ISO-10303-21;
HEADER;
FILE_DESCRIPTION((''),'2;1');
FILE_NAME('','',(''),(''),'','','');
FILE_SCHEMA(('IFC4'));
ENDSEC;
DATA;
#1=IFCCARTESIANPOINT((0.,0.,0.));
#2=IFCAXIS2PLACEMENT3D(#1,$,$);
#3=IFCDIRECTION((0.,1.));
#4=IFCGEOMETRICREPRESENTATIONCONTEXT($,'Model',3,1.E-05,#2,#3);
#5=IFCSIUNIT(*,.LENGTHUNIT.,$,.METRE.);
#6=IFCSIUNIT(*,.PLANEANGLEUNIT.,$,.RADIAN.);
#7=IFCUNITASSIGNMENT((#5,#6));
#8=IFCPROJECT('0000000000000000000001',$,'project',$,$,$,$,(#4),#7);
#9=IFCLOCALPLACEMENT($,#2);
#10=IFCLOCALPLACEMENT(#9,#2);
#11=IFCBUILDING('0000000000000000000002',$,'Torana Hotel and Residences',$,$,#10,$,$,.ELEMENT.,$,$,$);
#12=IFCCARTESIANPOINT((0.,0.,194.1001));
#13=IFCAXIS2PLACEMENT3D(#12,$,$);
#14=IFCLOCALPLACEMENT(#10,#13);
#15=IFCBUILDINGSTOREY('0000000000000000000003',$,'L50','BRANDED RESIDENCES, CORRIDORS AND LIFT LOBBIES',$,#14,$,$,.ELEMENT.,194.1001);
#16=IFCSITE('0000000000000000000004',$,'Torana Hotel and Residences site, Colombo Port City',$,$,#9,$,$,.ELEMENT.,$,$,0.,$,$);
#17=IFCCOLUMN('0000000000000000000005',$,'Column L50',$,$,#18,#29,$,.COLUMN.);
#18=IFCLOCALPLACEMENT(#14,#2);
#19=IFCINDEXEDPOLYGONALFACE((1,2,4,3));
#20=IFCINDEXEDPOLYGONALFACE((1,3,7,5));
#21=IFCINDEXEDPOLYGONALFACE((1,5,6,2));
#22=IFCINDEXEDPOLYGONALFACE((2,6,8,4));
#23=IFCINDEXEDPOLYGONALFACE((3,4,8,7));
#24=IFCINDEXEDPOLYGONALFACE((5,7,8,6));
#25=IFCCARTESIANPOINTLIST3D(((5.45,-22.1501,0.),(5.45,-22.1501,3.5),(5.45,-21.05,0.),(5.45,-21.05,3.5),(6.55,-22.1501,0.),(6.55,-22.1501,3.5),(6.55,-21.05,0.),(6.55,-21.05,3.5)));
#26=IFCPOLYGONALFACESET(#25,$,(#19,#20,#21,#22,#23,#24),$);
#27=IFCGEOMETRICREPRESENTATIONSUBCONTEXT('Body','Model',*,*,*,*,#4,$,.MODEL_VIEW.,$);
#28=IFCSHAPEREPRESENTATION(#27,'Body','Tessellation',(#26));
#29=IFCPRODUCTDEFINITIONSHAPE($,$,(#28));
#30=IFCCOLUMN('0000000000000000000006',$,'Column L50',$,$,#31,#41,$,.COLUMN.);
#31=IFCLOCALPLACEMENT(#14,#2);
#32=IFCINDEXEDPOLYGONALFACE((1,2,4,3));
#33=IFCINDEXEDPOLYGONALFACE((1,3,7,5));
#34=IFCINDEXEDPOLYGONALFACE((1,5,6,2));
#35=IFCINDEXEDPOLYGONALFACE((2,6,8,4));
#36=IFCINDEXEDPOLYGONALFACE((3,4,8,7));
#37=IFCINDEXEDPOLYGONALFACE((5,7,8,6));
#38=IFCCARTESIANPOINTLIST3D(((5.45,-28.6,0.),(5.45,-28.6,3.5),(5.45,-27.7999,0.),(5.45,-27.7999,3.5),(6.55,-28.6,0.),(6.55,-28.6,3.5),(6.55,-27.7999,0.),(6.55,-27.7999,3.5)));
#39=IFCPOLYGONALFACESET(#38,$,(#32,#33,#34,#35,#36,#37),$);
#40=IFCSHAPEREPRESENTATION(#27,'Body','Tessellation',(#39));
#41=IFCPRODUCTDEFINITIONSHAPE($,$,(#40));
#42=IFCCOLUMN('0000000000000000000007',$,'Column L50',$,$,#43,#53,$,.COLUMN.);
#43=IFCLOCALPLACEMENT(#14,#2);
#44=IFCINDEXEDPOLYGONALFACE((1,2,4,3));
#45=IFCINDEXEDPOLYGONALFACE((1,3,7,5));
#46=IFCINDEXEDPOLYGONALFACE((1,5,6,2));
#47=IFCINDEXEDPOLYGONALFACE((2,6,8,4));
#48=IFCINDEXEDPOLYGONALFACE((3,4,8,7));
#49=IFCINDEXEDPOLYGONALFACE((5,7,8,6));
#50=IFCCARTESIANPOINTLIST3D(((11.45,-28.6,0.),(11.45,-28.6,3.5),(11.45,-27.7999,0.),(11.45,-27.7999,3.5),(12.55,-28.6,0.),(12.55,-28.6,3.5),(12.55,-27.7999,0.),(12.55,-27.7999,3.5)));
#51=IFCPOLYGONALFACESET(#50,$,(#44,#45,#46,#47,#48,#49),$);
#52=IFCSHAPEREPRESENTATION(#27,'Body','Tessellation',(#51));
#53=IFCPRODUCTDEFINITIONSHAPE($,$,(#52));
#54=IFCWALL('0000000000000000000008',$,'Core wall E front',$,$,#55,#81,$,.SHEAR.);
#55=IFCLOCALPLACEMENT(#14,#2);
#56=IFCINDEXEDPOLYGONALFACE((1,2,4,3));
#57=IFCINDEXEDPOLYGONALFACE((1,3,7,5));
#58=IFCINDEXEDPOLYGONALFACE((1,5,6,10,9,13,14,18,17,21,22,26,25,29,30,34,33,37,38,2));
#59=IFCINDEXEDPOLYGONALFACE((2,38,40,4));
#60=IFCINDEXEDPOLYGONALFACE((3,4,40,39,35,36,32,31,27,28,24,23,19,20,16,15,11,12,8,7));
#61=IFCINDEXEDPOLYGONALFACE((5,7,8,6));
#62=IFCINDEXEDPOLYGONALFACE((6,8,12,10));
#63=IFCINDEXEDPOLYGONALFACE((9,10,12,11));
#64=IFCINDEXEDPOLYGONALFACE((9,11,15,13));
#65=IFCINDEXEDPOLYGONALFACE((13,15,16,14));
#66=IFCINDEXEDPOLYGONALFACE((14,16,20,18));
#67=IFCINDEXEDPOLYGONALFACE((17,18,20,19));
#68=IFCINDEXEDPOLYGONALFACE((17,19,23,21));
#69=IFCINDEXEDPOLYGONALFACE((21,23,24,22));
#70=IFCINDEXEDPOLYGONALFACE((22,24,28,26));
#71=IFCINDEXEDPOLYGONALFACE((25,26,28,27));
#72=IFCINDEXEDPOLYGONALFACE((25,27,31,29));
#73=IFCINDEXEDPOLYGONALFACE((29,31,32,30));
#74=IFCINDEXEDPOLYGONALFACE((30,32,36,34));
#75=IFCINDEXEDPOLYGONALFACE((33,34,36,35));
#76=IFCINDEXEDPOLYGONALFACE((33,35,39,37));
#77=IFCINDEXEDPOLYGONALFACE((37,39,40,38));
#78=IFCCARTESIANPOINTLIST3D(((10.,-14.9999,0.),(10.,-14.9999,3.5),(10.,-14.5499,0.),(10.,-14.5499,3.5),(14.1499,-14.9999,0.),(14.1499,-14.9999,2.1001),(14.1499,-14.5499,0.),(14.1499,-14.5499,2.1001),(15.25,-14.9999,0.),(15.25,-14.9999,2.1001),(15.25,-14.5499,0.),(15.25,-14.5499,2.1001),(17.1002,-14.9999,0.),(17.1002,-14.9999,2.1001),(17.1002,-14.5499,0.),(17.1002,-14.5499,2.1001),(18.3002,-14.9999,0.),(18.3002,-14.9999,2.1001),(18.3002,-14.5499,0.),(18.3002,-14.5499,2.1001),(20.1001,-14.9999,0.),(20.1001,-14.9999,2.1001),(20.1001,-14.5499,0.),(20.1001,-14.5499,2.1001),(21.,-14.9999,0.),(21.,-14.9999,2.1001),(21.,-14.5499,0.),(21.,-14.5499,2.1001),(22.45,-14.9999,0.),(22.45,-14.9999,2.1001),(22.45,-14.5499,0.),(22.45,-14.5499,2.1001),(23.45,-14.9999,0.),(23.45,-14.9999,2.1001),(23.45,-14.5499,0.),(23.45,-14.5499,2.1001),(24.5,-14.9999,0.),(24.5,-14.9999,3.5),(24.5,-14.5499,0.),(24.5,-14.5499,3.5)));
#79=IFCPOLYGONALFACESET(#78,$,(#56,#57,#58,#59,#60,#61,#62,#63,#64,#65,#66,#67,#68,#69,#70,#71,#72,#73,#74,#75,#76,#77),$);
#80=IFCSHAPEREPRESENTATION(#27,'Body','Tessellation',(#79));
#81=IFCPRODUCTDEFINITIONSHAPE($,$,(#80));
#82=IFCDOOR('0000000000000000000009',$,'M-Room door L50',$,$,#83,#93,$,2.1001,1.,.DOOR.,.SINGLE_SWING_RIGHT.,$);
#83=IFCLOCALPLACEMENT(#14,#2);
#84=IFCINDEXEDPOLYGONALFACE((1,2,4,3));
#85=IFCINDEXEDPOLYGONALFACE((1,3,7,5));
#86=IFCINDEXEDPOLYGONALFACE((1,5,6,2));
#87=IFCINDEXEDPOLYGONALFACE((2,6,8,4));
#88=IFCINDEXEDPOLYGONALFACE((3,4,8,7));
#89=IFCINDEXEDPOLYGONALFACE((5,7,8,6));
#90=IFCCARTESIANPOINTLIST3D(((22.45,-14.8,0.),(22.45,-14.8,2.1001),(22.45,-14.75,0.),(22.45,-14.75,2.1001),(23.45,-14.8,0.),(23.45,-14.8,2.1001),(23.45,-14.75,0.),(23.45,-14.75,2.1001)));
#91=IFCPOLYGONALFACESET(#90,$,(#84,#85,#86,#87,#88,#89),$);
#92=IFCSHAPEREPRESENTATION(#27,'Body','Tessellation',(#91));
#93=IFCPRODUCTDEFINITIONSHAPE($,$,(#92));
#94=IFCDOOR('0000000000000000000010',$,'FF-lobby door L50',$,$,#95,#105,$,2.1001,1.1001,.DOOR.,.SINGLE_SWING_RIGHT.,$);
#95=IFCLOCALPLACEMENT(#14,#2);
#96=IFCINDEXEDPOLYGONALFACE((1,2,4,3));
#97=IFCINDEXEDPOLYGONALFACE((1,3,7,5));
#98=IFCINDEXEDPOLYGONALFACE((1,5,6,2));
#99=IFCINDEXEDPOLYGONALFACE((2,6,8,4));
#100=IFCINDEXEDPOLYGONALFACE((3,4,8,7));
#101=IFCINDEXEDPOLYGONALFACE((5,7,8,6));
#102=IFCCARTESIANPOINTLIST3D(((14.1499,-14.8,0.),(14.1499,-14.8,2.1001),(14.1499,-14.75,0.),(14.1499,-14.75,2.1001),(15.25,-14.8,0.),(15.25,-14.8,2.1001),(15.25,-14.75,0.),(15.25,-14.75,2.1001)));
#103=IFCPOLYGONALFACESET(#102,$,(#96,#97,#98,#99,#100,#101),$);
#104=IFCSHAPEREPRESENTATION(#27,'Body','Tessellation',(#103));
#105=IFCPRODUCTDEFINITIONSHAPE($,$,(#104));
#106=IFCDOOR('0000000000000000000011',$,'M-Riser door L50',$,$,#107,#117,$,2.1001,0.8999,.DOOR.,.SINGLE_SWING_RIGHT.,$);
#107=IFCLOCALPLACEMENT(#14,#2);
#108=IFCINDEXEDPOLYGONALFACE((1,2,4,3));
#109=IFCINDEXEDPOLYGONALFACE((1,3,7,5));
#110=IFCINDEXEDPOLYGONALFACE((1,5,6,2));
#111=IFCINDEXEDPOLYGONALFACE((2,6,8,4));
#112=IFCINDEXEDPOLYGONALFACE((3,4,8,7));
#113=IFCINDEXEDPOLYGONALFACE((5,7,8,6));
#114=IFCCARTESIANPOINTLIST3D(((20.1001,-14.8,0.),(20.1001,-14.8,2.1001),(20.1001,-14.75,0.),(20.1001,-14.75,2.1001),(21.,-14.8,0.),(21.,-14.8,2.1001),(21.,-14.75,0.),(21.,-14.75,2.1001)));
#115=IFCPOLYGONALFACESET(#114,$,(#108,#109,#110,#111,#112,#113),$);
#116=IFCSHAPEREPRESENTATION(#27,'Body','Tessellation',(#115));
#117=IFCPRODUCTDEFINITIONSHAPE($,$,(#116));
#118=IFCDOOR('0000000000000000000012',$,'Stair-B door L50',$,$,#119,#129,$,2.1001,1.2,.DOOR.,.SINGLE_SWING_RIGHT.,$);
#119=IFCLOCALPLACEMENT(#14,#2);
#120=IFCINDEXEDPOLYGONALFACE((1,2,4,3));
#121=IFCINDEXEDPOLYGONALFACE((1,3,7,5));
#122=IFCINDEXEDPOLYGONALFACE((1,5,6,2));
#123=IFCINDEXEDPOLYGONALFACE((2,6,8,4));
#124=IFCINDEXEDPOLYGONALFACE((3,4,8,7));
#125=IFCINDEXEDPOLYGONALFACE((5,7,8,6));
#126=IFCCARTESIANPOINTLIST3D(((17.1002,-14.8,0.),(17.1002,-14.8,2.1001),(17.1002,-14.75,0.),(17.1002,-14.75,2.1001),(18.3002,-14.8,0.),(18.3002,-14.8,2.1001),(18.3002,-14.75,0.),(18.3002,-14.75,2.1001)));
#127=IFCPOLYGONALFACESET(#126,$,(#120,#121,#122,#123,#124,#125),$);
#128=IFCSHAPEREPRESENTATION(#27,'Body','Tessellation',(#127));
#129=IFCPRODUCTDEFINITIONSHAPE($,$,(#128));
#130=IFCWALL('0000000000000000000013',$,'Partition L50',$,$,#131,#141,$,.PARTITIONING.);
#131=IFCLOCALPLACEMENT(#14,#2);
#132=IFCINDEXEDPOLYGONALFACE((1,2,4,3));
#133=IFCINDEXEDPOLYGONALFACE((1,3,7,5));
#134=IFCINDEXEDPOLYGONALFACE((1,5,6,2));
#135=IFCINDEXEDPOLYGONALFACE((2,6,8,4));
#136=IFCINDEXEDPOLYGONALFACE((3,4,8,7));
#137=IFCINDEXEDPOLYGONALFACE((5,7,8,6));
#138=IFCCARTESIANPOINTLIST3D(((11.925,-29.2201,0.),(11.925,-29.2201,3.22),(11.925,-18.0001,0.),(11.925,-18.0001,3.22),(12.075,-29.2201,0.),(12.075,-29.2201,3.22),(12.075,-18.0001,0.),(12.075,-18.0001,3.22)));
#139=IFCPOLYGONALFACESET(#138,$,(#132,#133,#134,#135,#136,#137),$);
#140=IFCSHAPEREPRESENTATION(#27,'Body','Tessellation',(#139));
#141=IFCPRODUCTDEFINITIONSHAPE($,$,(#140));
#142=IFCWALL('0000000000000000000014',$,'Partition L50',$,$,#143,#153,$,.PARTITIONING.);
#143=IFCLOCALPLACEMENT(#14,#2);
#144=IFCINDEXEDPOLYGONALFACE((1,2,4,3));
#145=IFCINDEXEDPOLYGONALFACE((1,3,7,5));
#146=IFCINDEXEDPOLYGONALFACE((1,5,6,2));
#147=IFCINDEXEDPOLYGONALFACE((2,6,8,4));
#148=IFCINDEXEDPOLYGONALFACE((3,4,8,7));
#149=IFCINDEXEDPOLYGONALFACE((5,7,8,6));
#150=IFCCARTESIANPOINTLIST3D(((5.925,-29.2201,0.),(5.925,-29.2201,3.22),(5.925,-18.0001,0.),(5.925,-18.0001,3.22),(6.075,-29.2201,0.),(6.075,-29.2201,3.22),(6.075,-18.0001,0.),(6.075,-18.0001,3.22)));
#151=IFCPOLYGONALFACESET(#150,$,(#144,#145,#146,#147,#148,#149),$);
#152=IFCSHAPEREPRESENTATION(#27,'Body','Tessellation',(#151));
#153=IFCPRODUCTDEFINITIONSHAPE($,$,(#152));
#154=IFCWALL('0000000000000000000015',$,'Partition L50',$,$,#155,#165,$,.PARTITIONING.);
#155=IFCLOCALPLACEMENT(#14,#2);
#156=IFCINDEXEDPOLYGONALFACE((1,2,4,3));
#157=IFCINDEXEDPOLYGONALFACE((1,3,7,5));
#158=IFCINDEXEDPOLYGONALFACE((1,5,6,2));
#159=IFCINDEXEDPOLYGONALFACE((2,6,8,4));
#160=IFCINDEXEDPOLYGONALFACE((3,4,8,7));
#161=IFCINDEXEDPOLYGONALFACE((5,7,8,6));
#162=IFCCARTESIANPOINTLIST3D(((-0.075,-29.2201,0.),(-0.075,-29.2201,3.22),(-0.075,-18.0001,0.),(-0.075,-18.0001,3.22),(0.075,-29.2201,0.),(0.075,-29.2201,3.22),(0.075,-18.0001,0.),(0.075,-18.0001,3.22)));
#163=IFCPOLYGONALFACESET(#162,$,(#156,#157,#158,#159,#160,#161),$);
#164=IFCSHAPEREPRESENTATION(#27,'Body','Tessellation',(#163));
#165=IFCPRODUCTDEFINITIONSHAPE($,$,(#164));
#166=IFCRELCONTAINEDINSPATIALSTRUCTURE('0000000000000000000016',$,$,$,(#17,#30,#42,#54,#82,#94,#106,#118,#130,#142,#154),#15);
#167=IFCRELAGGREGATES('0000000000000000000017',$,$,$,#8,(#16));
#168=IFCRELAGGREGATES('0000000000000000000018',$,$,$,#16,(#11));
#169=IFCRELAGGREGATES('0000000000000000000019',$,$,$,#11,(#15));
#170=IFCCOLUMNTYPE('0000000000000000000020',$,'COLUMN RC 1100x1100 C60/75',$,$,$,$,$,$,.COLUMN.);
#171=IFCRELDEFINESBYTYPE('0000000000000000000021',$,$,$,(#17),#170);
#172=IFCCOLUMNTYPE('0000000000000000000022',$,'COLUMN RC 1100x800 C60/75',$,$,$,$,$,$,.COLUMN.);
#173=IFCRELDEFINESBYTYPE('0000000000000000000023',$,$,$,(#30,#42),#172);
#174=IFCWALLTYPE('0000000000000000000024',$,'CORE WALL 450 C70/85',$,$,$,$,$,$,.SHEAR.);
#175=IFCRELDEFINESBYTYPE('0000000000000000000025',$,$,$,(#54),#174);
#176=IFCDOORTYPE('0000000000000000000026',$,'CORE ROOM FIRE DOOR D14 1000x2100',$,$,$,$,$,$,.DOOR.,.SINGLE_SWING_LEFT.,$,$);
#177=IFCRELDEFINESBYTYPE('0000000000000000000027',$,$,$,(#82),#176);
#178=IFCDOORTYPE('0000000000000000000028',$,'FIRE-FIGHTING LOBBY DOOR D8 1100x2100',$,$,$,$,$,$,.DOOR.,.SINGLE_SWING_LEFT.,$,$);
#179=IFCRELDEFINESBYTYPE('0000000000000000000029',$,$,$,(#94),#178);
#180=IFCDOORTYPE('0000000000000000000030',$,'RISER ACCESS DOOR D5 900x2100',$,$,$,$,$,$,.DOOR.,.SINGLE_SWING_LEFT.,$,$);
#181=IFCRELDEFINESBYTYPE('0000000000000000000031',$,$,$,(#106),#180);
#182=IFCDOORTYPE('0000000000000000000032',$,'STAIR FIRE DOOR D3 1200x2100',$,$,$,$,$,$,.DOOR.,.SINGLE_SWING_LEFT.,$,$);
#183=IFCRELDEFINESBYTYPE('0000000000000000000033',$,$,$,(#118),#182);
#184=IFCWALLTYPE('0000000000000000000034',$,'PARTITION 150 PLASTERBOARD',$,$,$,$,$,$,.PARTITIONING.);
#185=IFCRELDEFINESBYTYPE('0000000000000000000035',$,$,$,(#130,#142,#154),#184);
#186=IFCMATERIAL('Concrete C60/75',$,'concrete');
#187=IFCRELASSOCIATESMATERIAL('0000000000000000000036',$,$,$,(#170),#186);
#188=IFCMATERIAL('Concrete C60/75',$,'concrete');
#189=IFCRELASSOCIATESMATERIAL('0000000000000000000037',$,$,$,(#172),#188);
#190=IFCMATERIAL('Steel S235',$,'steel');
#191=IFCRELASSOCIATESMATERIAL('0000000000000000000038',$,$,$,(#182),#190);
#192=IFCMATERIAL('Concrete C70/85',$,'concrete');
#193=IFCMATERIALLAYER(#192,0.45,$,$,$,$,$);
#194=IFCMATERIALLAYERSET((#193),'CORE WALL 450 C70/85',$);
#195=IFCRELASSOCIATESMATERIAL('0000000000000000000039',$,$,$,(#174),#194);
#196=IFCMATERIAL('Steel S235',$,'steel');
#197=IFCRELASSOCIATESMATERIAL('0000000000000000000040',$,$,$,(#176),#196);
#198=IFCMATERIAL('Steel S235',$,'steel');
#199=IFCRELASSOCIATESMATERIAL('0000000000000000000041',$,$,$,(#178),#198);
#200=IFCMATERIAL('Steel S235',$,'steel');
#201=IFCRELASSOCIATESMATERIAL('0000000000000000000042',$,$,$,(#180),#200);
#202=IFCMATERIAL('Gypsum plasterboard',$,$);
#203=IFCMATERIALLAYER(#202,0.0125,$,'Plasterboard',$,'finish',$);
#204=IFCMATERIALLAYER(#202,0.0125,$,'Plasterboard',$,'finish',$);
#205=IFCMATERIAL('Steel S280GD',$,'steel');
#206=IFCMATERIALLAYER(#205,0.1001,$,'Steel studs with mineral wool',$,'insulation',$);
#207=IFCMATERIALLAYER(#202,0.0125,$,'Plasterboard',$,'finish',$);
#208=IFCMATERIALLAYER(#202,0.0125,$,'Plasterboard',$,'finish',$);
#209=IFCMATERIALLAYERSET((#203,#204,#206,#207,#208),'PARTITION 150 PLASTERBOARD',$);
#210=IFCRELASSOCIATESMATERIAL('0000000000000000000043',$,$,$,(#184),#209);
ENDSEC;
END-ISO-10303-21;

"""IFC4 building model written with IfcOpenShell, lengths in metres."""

from ifc_helpers import new_model, si_unit, direction, frame, frame_2d, origin, origin_2d, place, context, subcontext, project, spatial, rectangle, extrude, material, layer, layer_set, material_profile, profile_set, type_object, element, fill, save


model = new_model("IFC4")

# Units and contexts
model_context = context("Model", 3, precision=1e-05, world=origin(), true_north=direction((0.0, 1.0)))
body_context = subcontext(model_context, "Body", "Model", "MODEL_VIEW")
ifc_project = project(units=[si_unit("LENGTHUNIT", "METRE"), si_unit("PLANEANGLEUNIT", "RADIAN")], contexts=[model_context])

# Site, building, storey
site_placement = place(None, origin())
site = spatial("IfcSite", under=ifc_project, at=site_placement, Name="Torana Hotel and Residences site, Colombo Port City", CompositionType="ELEMENT", RefElevation=0.0)
building_placement = place(site_placement, origin())
building = spatial("IfcBuilding", under=site, at=building_placement, Name="Torana Hotel and Residences", CompositionType="ELEMENT")
storey_placement = place(building_placement, frame((0.0, 0.0, 194.1001)))
storey = spatial("IfcBuildingStorey", under=building, at=storey_placement, Name="L50", Description="BRANDED RESIDENCES, CORRIDORS AND LIFT LOBBIES", CompositionType="ELEMENT", Elevation=194.1001)

# Columns
ifc_material_1 = material(Name="Concrete C60/75", Category="concrete")
ifc_material_profile_1 = material_profile(ifc_material_1, rectangle(XDim=1.1001, YDim=1.1001, at=origin_2d()), Name="RC 1100x1100")
ifc_profile_set_1 = profile_set([ifc_material_profile_1], Name="Concrete C60/75")
column_type_1 = type_object("IfcColumnType", Name="COLUMN RC 1100x1100 C60/75", PredefinedType="COLUMN", material=ifc_profile_set_1)
column_placement = place(storey_placement, frame((6.0, -21.6001, 0.0), z_axis=(0.0, 0.0, 1.0), x_axis=(1.0, 0.0, 0.0)))
element("IfcColumn", 1, at=column_placement, inside=storey, type_object=column_type_1, Name="Column L50", PredefinedType="COLUMN", context=body_context, shape_type="SweptSolid", body=[
    extrude(rectangle(XDim=1.1001, YDim=1.1001, at=origin_2d()), origin(), (0.0, 0.0, 1.0), 3.5),
])
ifc_material_2 = material(Name="Concrete C60/75", Category="concrete")
ifc_material_profile_2 = material_profile(ifc_material_2, rectangle(XDim=1.1001, YDim=0.8, at=origin_2d()), Name="RC 1100x800")
ifc_profile_set_2 = profile_set([ifc_material_profile_2], Name="Concrete C60/75")
column_type_2 = type_object("IfcColumnType", Name="COLUMN RC 1100x800 C60/75", PredefinedType="COLUMN", material=ifc_profile_set_2)
for number, where, z_axis, x_axis, name in (
    (2, (6.0, -28.2, 0.0), (0.0, 0.0, 1.0), (1.0, 0.0, 0.0), "Column L50"),
    (3, (12.0, -28.2, 0.0), (0.0, 0.0, 1.0), (1.0, 0.0, 0.0), "Column L50"),
):
    element("IfcColumn", number, at=place(storey_placement, frame(where, z_axis=z_axis, x_axis=x_axis)), inside=storey, type_object=column_type_2, Name=name, PredefinedType="COLUMN", context=body_context, shape_type="SweptSolid", body=[
        extrude(rectangle(XDim=1.1001, YDim=0.8, at=origin_2d()), origin(), (0.0, 0.0, 1.0), 3.5),
    ])

# Wall, openings, doors
ifc_material_3 = material(Name="Steel S235", Category="steel")
door_type_1 = type_object("IfcDoorType", Name="STAIR FIRE DOOR D3 1200x2100", OperationType="SINGLE_SWING_LEFT", PredefinedType="DOOR", material=ifc_material_3)
ifc_material_4 = material(Name="Concrete C70/85", Category="concrete")
ifc_layer_1 = layer(ifc_material_4, 0.45)
ifc_layer_set_1 = layer_set([ifc_layer_1], Name="CORE WALL 450 C70/85")
wall_type_1 = type_object("IfcWallType", Name="CORE WALL 450 C70/85", PredefinedType="SHEAR", material=ifc_layer_set_1)
wall_1_placement = place(storey_placement, frame((10.0, -14.7749, 0.0), z_axis=(0.0, 0.0, 1.0), x_axis=(1.0, 0.0, 0.0)))
wall_1 = element("IfcWall", 4, at=wall_1_placement, inside=storey, type_object=wall_type_1, Name="Core wall E front", PredefinedType="SHEAR", context=body_context, shape_type="SweptSolid", body=[
    extrude(rectangle(XDim=14.5, YDim=0.45, at=frame_2d((7.25, 0.0))), origin(), (0.0, 0.0, 1.0), 3.5),
])
opening_1_placement = place(wall_1_placement, frame((7.1001, 0.0, 0.0)))
opening_1 = element("IfcOpeningElement", 5, at=opening_1_placement, cuts=wall_1, PredefinedType="OPENING", context=body_context, shape_type="SweptSolid", body=[
    extrude(rectangle(XDim=1.2, YDim=2.1001, at=frame_2d((0.6001, 1.05))), frame((0.0, 0.2349, 0.0), z_axis=(0.0, -1.0, 0.0), x_axis=(1.0, 0.0, 0.0)), (0.0, 0.0, 1.0), 0.47),
])
opening_2_placement = place(wall_1_placement, frame((4.1499, 0.0, 0.0)))
opening_2 = element("IfcOpeningElement", 6, at=opening_2_placement, cuts=wall_1, PredefinedType="OPENING", context=body_context, shape_type="SweptSolid", body=[
    extrude(rectangle(XDim=1.1001, YDim=2.1001, at=frame_2d((0.55, 1.05))), frame((0.0, 0.2349, 0.0), z_axis=(0.0, -1.0, 0.0), x_axis=(1.0, 0.0, 0.0)), (0.0, 0.0, 1.0), 0.47),
])
opening_3_placement = place(wall_1_placement, frame((10.1001, 0.0, 0.0)))
opening_3 = element("IfcOpeningElement", 7, at=opening_3_placement, cuts=wall_1, PredefinedType="OPENING", context=body_context, shape_type="SweptSolid", body=[
    extrude(rectangle(XDim=0.8999, YDim=2.1001, at=frame_2d((0.45, 1.05))), frame((0.0, 0.2349, 0.0), z_axis=(0.0, -1.0, 0.0), x_axis=(1.0, 0.0, 0.0)), (0.0, 0.0, 1.0), 0.47),
])
opening_4_placement = place(wall_1_placement, frame((12.45, 0.0, 0.0)))
opening_4 = element("IfcOpeningElement", 8, at=opening_4_placement, cuts=wall_1, PredefinedType="OPENING", context=body_context, shape_type="SweptSolid", body=[
    extrude(rectangle(XDim=1.0, YDim=2.1001, at=frame_2d((0.5, 1.05))), frame((0.0, 0.2349, 0.0), z_axis=(0.0, -1.0, 0.0), x_axis=(1.0, 0.0, 0.0)), (0.0, 0.0, 1.0), 0.47),
])
ifc_material_5 = material(Name="Steel S235", Category="steel")
door_type_2 = type_object("IfcDoorType", Name="CORE ROOM FIRE DOOR D14 1000x2100", OperationType="SINGLE_SWING_LEFT", PredefinedType="DOOR", material=ifc_material_5)
door_1_placement = place(opening_4_placement, origin())
door_1 = element("IfcDoor", 9, at=door_1_placement, inside=storey, type_object=door_type_2, Name="M-Room door L50", OperationType="SINGLE_SWING_RIGHT", OverallHeight=2.1001, OverallWidth=1.0, PredefinedType="DOOR", context=body_context, shape_type="SweptSolid", body=[
    extrude(rectangle(XDim=1.0, YDim=2.1001, at=frame_2d((0.5, 1.05))), frame((0.0, 0.0249, 0.0), z_axis=(0.0, -1.0, 0.0), x_axis=(1.0, 0.0, 0.0)), (0.0, 0.0, 1.0), 0.05),
])
fill(opening_4, door_1)
ifc_material_6 = material(Name="Steel S235", Category="steel")
door_type_3 = type_object("IfcDoorType", Name="FIRE-FIGHTING LOBBY DOOR D8 1100x2100", OperationType="SINGLE_SWING_LEFT", PredefinedType="DOOR", material=ifc_material_6)
door_2_placement = place(opening_2_placement, origin())
door_2 = element("IfcDoor", 10, at=door_2_placement, inside=storey, type_object=door_type_3, Name="FF-lobby door L50", OperationType="SINGLE_SWING_RIGHT", OverallHeight=2.1001, OverallWidth=1.1001, PredefinedType="DOOR", context=body_context, shape_type="SweptSolid", body=[
    extrude(rectangle(XDim=1.1001, YDim=2.1001, at=frame_2d((0.55, 1.05))), frame((0.0, 0.0249, 0.0), z_axis=(0.0, -1.0, 0.0), x_axis=(1.0, 0.0, 0.0)), (0.0, 0.0, 1.0), 0.05),
])
fill(opening_2, door_2)
ifc_material_7 = material(Name="Steel S235", Category="steel")
door_type_4 = type_object("IfcDoorType", Name="RISER ACCESS DOOR D5 900x2100", OperationType="SINGLE_SWING_LEFT", PredefinedType="DOOR", material=ifc_material_7)
door_3_placement = place(opening_3_placement, origin())
door_3 = element("IfcDoor", 11, at=door_3_placement, inside=storey, type_object=door_type_4, Name="M-Riser door L50", OperationType="SINGLE_SWING_RIGHT", OverallHeight=2.1001, OverallWidth=0.8999, PredefinedType="DOOR", context=body_context, shape_type="SweptSolid", body=[
    extrude(rectangle(XDim=0.8999, YDim=2.1001, at=frame_2d((0.45, 1.05))), frame((0.0, 0.0249, 0.0), z_axis=(0.0, -1.0, 0.0), x_axis=(1.0, 0.0, 0.0)), (0.0, 0.0, 1.0), 0.05),
])
fill(opening_3, door_3)
door_4_placement = place(opening_1_placement, origin())
door_4 = element("IfcDoor", 12, at=door_4_placement, inside=storey, type_object=door_type_1, Name="Stair-B door L50", OperationType="SINGLE_SWING_RIGHT", OverallHeight=2.1001, OverallWidth=1.2, PredefinedType="DOOR", context=body_context, shape_type="SweptSolid", body=[
    extrude(rectangle(XDim=1.2, YDim=2.1001, at=frame_2d((0.6001, 1.05))), frame((0.0, 0.0249, 0.0), z_axis=(0.0, -1.0, 0.0), x_axis=(1.0, 0.0, 0.0)), (0.0, 0.0, 1.0), 0.05),
])
fill(opening_1, door_4)

# Walls
ifc_material_8 = material(Name="Gypsum plasterboard")
ifc_layer_2 = layer(ifc_material_8, 0.0125, Name="Plasterboard", Category="finish")
ifc_layer_3 = layer(ifc_material_8, 0.0125, Name="Plasterboard", Category="finish")
ifc_material_9 = material(Name="Steel S280GD", Category="steel")
ifc_layer_4 = layer(ifc_material_9, 0.1001, Name="Steel studs with mineral wool", Category="insulation")
ifc_layer_5 = layer(ifc_material_8, 0.0125, Name="Plasterboard", Category="finish")
ifc_layer_6 = layer(ifc_material_8, 0.0125, Name="Plasterboard", Category="finish")
ifc_layer_set_2 = layer_set([ifc_layer_2, ifc_layer_3, ifc_layer_4, ifc_layer_5, ifc_layer_6], Name="PARTITION 150 PLASTERBOARD")
wall_type_2 = type_object("IfcWallType", Name="PARTITION 150 PLASTERBOARD", PredefinedType="PARTITIONING", material=ifc_layer_set_2)
for number, where, z_axis, x_axis, name in (
    (13, (12.0, -29.22, 0.0), (0.0, 0.0, 1.0), (0.0, 1.0, 0.0), "Partition L50"),
    (14, (6.0, -29.22, 0.0), (0.0, 0.0, 1.0), (0.0, 1.0, 0.0), "Partition L50"),
    (15, (0.0, -29.22, 0.0), (0.0, 0.0, 1.0), (0.0, 1.0, 0.0), "Partition L50"),
):
    element("IfcWall", number, at=place(storey_placement, frame(where, z_axis=z_axis, x_axis=x_axis)), inside=storey, type_object=wall_type_2, Name=name, PredefinedType="PARTITIONING", context=body_context, shape_type="SweptSolid", body=[
        extrude(rectangle(XDim=11.22, YDim=0.1499, at=frame_2d((5.6099, 0.0))), origin(), (0.0, 0.0, 1.0), 3.22),
    ])

save(model, "model.ifc")
